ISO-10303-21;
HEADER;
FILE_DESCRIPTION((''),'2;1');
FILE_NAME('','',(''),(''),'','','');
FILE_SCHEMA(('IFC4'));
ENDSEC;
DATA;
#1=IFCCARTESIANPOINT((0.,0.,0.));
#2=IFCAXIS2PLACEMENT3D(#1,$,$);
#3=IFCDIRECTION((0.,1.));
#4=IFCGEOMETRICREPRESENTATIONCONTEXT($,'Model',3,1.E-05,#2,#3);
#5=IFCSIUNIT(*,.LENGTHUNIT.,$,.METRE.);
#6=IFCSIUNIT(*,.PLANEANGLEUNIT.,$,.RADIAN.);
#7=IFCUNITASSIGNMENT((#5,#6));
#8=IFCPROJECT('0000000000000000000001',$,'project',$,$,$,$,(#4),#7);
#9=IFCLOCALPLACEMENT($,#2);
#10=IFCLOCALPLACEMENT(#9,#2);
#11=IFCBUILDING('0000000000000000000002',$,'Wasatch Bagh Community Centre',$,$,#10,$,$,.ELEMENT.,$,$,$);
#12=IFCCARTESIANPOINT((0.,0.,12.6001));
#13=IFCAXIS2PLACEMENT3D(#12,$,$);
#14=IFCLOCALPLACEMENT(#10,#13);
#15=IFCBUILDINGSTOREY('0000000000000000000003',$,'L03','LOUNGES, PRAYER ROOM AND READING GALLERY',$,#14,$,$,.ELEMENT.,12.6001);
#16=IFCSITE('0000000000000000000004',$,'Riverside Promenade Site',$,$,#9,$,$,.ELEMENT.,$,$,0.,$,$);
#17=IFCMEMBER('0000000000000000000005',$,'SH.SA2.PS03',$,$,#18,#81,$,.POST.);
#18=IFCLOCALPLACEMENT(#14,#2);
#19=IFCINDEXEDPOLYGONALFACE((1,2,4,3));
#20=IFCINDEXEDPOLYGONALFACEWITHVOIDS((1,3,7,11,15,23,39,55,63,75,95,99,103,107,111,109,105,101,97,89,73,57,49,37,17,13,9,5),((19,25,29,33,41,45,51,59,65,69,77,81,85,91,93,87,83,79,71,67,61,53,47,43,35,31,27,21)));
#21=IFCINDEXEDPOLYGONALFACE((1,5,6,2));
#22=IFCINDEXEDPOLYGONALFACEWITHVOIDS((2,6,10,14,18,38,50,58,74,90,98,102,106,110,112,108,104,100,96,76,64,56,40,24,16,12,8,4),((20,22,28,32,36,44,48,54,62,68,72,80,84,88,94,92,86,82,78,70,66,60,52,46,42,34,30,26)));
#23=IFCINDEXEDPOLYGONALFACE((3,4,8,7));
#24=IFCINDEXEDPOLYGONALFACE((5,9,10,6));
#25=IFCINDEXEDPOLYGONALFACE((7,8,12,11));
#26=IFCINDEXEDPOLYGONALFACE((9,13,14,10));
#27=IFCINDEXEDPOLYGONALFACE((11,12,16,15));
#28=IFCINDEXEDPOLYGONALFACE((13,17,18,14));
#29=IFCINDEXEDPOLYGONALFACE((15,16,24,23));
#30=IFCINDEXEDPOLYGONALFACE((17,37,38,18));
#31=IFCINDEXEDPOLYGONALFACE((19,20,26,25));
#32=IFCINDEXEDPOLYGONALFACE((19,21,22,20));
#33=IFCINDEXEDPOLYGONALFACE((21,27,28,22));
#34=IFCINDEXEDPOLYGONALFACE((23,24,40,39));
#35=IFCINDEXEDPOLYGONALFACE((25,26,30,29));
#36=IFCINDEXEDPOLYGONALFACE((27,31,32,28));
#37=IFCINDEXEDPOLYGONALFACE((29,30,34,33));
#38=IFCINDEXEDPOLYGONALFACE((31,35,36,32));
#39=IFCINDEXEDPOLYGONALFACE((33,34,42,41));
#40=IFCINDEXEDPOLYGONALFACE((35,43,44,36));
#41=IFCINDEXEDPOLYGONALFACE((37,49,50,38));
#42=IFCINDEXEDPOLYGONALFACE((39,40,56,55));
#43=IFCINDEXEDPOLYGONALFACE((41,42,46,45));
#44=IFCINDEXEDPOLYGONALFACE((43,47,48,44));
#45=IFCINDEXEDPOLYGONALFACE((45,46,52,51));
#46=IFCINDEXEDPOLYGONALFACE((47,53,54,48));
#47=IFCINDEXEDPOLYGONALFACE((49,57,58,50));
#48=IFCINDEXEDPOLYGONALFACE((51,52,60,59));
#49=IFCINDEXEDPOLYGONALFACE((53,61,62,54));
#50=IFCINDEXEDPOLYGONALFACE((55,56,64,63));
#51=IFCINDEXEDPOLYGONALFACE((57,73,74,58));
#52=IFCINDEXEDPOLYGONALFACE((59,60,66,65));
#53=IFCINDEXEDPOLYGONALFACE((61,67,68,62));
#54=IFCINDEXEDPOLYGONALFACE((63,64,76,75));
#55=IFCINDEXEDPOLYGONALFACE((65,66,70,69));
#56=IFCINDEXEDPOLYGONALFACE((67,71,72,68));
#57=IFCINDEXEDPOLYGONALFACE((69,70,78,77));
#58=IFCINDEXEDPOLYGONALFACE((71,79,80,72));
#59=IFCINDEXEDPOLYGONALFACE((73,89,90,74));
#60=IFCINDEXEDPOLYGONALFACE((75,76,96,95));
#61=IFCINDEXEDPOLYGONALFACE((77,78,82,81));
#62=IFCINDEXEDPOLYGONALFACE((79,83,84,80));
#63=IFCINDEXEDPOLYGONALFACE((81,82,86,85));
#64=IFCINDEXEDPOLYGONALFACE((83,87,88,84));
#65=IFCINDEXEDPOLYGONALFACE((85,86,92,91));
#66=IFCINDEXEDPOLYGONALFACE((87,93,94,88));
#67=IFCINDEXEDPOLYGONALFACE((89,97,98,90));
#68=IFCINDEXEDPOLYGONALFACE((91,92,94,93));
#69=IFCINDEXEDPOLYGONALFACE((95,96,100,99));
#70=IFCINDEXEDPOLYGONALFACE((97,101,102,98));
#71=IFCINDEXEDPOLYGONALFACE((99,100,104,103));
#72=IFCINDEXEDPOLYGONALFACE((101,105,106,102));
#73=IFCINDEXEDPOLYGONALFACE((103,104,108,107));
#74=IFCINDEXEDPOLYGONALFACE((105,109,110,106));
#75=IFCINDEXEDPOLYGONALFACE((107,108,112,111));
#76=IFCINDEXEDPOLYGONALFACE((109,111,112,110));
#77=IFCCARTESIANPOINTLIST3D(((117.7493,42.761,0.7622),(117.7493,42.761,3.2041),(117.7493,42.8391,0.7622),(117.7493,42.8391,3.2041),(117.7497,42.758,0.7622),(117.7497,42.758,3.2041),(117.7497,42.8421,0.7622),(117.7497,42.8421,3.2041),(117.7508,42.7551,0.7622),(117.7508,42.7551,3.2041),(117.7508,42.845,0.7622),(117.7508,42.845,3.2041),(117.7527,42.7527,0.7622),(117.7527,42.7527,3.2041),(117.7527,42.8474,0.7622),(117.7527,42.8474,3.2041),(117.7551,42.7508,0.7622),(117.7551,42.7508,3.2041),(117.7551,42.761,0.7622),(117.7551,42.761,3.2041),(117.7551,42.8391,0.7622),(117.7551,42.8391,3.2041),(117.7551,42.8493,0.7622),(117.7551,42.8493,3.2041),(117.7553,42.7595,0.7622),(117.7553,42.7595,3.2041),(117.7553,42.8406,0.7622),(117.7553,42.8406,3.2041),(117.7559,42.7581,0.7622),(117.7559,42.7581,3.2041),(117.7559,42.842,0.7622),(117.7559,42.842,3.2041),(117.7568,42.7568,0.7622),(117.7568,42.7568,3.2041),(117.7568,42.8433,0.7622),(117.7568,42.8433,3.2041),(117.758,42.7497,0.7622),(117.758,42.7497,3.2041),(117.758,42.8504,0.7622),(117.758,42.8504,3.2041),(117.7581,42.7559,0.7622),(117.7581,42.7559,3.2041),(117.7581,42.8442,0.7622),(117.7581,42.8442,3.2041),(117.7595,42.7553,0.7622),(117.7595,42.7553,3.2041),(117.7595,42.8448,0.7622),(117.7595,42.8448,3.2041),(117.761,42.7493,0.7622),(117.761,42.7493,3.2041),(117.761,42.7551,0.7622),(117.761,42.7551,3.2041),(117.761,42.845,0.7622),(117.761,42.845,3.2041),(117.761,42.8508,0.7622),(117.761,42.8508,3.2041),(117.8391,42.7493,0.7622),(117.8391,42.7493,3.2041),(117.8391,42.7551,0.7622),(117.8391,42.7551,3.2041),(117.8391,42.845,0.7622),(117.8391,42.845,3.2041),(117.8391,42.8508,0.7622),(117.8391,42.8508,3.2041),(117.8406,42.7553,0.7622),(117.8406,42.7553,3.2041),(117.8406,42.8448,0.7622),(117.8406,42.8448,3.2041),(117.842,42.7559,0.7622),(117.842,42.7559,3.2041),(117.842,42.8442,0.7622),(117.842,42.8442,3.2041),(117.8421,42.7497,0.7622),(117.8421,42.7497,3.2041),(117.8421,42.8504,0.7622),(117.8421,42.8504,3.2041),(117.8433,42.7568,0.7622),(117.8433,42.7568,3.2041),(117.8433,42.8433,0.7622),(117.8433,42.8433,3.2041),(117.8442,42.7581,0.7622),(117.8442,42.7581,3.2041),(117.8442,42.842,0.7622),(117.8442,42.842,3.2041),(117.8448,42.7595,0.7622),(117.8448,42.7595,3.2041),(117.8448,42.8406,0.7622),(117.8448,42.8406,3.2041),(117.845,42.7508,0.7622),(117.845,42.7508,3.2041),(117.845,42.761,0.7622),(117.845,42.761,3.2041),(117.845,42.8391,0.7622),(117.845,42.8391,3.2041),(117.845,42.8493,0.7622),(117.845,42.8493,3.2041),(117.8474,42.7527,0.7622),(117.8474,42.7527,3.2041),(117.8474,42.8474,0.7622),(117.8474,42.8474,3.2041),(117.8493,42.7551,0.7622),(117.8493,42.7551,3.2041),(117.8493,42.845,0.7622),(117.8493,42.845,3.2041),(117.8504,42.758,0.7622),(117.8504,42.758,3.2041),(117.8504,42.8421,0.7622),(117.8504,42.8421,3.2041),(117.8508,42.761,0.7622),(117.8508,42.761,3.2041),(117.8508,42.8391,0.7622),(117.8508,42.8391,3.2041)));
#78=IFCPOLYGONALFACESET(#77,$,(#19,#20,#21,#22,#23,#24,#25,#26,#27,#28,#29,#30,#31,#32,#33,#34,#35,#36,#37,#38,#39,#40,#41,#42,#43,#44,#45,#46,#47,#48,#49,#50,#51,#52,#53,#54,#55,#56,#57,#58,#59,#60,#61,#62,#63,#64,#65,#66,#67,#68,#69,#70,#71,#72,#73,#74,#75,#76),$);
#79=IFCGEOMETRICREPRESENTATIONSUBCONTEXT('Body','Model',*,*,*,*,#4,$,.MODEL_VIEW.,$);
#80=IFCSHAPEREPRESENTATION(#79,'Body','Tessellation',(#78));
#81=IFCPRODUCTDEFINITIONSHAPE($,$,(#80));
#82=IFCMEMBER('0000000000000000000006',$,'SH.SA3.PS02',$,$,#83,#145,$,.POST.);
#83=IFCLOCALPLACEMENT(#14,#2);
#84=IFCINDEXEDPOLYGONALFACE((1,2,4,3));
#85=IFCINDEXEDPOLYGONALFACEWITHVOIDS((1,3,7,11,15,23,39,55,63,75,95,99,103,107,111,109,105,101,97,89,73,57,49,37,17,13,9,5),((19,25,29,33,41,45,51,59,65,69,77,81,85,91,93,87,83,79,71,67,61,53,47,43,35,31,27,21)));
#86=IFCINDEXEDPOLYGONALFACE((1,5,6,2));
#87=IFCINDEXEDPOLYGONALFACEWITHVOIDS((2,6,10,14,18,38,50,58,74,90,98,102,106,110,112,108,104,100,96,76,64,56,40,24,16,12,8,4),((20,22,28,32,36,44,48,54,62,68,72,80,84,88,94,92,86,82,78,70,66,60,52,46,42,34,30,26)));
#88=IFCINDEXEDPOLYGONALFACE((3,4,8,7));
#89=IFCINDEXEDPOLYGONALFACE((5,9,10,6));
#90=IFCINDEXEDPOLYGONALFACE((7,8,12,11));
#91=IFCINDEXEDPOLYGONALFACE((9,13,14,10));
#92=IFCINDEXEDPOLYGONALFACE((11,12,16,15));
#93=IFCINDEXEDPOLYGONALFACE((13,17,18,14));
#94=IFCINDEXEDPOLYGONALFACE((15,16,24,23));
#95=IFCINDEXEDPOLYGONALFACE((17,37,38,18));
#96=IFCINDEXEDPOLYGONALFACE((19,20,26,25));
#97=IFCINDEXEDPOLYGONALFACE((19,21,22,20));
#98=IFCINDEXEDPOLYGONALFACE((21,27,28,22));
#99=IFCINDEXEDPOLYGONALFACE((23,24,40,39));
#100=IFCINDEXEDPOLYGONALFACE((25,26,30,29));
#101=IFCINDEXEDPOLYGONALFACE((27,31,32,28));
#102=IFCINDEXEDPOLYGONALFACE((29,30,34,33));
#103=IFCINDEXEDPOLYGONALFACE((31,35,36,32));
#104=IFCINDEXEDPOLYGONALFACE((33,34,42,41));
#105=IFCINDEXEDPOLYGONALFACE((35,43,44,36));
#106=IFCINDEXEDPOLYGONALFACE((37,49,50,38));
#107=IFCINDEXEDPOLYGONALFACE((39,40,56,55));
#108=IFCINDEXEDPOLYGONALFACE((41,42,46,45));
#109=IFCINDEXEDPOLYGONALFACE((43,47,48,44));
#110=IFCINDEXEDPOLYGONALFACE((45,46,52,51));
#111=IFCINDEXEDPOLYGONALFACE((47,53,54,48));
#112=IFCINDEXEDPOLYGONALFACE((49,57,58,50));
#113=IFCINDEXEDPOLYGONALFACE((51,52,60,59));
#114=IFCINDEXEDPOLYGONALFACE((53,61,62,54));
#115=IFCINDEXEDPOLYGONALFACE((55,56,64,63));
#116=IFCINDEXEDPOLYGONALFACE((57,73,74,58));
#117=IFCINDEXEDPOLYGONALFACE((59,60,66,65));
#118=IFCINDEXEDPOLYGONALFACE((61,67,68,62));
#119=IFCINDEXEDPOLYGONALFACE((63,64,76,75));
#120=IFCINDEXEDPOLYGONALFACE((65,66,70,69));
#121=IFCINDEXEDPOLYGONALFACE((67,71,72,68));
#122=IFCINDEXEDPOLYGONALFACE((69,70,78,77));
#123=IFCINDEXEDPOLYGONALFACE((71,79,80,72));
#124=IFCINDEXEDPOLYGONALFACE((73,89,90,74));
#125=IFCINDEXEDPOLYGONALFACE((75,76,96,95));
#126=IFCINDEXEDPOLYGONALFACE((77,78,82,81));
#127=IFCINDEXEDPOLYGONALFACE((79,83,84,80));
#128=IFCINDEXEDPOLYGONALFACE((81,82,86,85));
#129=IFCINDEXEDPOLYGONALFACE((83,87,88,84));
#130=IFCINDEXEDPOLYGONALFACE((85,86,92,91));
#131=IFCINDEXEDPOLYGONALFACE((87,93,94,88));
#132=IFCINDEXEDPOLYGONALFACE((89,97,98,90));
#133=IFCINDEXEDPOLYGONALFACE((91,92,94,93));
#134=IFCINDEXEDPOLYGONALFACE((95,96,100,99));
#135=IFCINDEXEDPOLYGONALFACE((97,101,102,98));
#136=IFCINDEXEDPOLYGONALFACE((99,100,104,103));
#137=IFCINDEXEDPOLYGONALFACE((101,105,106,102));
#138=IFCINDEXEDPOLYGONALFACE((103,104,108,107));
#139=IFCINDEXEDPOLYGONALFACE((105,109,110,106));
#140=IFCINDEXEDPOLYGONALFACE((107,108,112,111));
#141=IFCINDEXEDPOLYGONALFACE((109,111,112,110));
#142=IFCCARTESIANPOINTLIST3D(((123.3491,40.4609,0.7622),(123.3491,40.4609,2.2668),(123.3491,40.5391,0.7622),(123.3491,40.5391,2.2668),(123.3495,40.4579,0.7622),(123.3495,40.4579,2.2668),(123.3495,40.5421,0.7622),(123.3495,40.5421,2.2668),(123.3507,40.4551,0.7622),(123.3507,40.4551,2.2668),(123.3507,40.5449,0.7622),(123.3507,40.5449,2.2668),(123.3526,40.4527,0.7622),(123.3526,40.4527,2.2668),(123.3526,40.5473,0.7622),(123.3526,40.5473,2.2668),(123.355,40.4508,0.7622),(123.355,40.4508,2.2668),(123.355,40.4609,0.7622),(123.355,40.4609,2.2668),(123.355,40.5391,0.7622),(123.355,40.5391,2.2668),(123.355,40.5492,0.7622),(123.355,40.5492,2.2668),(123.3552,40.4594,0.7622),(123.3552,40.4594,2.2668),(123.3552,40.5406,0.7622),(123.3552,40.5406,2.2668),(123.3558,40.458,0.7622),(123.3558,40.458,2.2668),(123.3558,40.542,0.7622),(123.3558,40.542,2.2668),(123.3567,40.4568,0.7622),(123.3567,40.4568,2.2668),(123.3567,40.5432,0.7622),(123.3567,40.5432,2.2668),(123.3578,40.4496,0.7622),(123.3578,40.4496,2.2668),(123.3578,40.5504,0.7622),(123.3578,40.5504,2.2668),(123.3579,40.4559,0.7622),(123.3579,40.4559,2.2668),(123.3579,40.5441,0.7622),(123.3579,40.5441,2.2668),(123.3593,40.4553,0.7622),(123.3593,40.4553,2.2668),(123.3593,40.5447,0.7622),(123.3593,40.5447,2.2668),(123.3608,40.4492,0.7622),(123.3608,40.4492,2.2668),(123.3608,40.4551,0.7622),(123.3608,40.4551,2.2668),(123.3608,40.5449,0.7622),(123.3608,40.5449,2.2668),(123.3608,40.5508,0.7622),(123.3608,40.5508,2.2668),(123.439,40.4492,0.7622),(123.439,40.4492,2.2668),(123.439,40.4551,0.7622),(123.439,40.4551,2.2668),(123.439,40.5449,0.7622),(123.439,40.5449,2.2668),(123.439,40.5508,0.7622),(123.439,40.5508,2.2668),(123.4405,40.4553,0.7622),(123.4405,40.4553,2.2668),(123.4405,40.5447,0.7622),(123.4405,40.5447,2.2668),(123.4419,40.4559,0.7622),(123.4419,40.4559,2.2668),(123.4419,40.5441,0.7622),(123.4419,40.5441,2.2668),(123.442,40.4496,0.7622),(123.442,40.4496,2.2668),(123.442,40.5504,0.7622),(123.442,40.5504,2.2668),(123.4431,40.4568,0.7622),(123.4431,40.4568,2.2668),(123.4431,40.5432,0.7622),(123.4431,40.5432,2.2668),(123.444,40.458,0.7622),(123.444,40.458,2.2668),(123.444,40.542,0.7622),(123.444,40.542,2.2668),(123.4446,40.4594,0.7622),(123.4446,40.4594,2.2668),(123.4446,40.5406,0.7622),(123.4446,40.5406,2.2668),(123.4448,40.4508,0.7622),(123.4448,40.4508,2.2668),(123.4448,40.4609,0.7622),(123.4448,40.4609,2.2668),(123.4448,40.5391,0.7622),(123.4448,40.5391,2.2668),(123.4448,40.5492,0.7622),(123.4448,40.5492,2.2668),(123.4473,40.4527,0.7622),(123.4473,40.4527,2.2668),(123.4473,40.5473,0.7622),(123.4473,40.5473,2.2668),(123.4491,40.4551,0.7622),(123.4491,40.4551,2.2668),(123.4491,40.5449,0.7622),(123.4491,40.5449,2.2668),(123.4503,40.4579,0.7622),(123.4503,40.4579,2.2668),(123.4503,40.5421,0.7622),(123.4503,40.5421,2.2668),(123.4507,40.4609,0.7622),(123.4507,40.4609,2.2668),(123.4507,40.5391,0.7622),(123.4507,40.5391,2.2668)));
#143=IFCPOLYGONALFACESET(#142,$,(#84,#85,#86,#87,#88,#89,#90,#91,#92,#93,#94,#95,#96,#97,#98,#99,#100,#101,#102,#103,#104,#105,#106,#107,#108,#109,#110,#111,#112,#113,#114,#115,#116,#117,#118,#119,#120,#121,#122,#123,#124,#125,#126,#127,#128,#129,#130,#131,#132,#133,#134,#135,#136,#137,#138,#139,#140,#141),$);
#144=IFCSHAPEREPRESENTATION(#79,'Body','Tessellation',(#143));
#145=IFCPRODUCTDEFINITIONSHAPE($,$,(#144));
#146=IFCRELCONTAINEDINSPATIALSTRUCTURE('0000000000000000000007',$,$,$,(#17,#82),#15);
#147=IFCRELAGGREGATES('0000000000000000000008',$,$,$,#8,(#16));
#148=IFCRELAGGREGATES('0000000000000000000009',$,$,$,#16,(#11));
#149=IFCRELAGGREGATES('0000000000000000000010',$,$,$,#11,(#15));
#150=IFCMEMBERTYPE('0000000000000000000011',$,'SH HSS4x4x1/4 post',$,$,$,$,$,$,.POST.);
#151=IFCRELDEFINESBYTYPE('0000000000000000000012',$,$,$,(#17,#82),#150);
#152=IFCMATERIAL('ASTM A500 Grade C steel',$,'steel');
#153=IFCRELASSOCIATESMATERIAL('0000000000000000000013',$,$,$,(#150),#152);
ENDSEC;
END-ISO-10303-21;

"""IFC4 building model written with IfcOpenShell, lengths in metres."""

from ifc_helpers import new_model, si_unit, direction, frame, origin, origin_2d, place, context, subcontext, project, spatial, hollow_rectangle, extrude, material, material_profile, profile_set, type_object, element, save


model = new_model("IFC4")

# Units and contexts
model_context = context("Model", 3, precision=1e-05, world=origin(), true_north=direction((0.0, 1.0)))
body_context = subcontext(model_context, "Body", "Model", "MODEL_VIEW")
ifc_project = project(units=[si_unit("LENGTHUNIT", "METRE"), si_unit("PLANEANGLEUNIT", "RADIAN")], contexts=[model_context])

# Site, building, storey
site_placement = place(None, origin())
site = spatial("IfcSite", under=ifc_project, at=site_placement, Name="Riverside Promenade Site", CompositionType="ELEMENT", RefElevation=0.0)
building_placement = place(site_placement, origin())
building = spatial("IfcBuilding", under=site, at=building_placement, Name="Wasatch Bagh Community Centre", CompositionType="ELEMENT")
storey_placement = place(building_placement, frame((0.0, 0.0, 12.6001)))
storey = spatial("IfcBuildingStorey", under=building, at=storey_placement, Name="L03", Description="LOUNGES, PRAYER ROOM AND READING GALLERY", CompositionType="ELEMENT", Elevation=12.6001)

# Members
ifc_material_1 = material(Name="ASTM A500 Grade C steel", Category="steel")
ifc_material_profile_1 = material_profile(ifc_material_1, hollow_rectangle(XDim=0.1016, YDim=0.1016, WallThickness=0.0059, InnerFilletRadius=0.0059, OuterFilletRadius=0.0117, at=origin_2d()), Name="HSS4x4x1/4")
ifc_profile_set_1 = profile_set([ifc_material_profile_1], Name="ASTM A500 Grade C steel")
member_type_1 = type_object("IfcMemberType", Name="SH HSS4x4x1/4 post", PredefinedType="POST", material=ifc_profile_set_1)
member_1_placement = place(storey_placement, frame((117.8, 42.8, 0.7622), z_axis=(0.0, 0.0, 1.0), x_axis=(1.0, 0.0, 0.0)))
element("IfcMember", 1, at=member_1_placement, inside=storey, type_object=member_type_1, Name="SH.SA2.PS03", PredefinedType="POST", context=body_context, shape_type="SweptSolid", body=[
    extrude(hollow_rectangle(XDim=0.1016, YDim=0.1016, WallThickness=0.0059, InnerFilletRadius=0.0059, OuterFilletRadius=0.0117, at=origin_2d()), origin(), (0.0, 0.0, 1.0), 2.4419),
])
member_2_placement = place(storey_placement, frame((123.3999, 40.5, 0.7622), z_axis=(0.0, 0.0, 1.0), x_axis=(1.0, 0.0, 0.0)))
element("IfcMember", 2, at=member_2_placement, inside=storey, type_object=member_type_1, Name="SH.SA3.PS02", PredefinedType="POST", context=body_context, shape_type="SweptSolid", body=[
    extrude(hollow_rectangle(XDim=0.1016, YDim=0.1016, WallThickness=0.0059, InnerFilletRadius=0.0059, OuterFilletRadius=0.0117, at=origin_2d()), origin(), (0.0, 0.0, 1.0), 1.5046),
])

save(model, "model.ifc")
